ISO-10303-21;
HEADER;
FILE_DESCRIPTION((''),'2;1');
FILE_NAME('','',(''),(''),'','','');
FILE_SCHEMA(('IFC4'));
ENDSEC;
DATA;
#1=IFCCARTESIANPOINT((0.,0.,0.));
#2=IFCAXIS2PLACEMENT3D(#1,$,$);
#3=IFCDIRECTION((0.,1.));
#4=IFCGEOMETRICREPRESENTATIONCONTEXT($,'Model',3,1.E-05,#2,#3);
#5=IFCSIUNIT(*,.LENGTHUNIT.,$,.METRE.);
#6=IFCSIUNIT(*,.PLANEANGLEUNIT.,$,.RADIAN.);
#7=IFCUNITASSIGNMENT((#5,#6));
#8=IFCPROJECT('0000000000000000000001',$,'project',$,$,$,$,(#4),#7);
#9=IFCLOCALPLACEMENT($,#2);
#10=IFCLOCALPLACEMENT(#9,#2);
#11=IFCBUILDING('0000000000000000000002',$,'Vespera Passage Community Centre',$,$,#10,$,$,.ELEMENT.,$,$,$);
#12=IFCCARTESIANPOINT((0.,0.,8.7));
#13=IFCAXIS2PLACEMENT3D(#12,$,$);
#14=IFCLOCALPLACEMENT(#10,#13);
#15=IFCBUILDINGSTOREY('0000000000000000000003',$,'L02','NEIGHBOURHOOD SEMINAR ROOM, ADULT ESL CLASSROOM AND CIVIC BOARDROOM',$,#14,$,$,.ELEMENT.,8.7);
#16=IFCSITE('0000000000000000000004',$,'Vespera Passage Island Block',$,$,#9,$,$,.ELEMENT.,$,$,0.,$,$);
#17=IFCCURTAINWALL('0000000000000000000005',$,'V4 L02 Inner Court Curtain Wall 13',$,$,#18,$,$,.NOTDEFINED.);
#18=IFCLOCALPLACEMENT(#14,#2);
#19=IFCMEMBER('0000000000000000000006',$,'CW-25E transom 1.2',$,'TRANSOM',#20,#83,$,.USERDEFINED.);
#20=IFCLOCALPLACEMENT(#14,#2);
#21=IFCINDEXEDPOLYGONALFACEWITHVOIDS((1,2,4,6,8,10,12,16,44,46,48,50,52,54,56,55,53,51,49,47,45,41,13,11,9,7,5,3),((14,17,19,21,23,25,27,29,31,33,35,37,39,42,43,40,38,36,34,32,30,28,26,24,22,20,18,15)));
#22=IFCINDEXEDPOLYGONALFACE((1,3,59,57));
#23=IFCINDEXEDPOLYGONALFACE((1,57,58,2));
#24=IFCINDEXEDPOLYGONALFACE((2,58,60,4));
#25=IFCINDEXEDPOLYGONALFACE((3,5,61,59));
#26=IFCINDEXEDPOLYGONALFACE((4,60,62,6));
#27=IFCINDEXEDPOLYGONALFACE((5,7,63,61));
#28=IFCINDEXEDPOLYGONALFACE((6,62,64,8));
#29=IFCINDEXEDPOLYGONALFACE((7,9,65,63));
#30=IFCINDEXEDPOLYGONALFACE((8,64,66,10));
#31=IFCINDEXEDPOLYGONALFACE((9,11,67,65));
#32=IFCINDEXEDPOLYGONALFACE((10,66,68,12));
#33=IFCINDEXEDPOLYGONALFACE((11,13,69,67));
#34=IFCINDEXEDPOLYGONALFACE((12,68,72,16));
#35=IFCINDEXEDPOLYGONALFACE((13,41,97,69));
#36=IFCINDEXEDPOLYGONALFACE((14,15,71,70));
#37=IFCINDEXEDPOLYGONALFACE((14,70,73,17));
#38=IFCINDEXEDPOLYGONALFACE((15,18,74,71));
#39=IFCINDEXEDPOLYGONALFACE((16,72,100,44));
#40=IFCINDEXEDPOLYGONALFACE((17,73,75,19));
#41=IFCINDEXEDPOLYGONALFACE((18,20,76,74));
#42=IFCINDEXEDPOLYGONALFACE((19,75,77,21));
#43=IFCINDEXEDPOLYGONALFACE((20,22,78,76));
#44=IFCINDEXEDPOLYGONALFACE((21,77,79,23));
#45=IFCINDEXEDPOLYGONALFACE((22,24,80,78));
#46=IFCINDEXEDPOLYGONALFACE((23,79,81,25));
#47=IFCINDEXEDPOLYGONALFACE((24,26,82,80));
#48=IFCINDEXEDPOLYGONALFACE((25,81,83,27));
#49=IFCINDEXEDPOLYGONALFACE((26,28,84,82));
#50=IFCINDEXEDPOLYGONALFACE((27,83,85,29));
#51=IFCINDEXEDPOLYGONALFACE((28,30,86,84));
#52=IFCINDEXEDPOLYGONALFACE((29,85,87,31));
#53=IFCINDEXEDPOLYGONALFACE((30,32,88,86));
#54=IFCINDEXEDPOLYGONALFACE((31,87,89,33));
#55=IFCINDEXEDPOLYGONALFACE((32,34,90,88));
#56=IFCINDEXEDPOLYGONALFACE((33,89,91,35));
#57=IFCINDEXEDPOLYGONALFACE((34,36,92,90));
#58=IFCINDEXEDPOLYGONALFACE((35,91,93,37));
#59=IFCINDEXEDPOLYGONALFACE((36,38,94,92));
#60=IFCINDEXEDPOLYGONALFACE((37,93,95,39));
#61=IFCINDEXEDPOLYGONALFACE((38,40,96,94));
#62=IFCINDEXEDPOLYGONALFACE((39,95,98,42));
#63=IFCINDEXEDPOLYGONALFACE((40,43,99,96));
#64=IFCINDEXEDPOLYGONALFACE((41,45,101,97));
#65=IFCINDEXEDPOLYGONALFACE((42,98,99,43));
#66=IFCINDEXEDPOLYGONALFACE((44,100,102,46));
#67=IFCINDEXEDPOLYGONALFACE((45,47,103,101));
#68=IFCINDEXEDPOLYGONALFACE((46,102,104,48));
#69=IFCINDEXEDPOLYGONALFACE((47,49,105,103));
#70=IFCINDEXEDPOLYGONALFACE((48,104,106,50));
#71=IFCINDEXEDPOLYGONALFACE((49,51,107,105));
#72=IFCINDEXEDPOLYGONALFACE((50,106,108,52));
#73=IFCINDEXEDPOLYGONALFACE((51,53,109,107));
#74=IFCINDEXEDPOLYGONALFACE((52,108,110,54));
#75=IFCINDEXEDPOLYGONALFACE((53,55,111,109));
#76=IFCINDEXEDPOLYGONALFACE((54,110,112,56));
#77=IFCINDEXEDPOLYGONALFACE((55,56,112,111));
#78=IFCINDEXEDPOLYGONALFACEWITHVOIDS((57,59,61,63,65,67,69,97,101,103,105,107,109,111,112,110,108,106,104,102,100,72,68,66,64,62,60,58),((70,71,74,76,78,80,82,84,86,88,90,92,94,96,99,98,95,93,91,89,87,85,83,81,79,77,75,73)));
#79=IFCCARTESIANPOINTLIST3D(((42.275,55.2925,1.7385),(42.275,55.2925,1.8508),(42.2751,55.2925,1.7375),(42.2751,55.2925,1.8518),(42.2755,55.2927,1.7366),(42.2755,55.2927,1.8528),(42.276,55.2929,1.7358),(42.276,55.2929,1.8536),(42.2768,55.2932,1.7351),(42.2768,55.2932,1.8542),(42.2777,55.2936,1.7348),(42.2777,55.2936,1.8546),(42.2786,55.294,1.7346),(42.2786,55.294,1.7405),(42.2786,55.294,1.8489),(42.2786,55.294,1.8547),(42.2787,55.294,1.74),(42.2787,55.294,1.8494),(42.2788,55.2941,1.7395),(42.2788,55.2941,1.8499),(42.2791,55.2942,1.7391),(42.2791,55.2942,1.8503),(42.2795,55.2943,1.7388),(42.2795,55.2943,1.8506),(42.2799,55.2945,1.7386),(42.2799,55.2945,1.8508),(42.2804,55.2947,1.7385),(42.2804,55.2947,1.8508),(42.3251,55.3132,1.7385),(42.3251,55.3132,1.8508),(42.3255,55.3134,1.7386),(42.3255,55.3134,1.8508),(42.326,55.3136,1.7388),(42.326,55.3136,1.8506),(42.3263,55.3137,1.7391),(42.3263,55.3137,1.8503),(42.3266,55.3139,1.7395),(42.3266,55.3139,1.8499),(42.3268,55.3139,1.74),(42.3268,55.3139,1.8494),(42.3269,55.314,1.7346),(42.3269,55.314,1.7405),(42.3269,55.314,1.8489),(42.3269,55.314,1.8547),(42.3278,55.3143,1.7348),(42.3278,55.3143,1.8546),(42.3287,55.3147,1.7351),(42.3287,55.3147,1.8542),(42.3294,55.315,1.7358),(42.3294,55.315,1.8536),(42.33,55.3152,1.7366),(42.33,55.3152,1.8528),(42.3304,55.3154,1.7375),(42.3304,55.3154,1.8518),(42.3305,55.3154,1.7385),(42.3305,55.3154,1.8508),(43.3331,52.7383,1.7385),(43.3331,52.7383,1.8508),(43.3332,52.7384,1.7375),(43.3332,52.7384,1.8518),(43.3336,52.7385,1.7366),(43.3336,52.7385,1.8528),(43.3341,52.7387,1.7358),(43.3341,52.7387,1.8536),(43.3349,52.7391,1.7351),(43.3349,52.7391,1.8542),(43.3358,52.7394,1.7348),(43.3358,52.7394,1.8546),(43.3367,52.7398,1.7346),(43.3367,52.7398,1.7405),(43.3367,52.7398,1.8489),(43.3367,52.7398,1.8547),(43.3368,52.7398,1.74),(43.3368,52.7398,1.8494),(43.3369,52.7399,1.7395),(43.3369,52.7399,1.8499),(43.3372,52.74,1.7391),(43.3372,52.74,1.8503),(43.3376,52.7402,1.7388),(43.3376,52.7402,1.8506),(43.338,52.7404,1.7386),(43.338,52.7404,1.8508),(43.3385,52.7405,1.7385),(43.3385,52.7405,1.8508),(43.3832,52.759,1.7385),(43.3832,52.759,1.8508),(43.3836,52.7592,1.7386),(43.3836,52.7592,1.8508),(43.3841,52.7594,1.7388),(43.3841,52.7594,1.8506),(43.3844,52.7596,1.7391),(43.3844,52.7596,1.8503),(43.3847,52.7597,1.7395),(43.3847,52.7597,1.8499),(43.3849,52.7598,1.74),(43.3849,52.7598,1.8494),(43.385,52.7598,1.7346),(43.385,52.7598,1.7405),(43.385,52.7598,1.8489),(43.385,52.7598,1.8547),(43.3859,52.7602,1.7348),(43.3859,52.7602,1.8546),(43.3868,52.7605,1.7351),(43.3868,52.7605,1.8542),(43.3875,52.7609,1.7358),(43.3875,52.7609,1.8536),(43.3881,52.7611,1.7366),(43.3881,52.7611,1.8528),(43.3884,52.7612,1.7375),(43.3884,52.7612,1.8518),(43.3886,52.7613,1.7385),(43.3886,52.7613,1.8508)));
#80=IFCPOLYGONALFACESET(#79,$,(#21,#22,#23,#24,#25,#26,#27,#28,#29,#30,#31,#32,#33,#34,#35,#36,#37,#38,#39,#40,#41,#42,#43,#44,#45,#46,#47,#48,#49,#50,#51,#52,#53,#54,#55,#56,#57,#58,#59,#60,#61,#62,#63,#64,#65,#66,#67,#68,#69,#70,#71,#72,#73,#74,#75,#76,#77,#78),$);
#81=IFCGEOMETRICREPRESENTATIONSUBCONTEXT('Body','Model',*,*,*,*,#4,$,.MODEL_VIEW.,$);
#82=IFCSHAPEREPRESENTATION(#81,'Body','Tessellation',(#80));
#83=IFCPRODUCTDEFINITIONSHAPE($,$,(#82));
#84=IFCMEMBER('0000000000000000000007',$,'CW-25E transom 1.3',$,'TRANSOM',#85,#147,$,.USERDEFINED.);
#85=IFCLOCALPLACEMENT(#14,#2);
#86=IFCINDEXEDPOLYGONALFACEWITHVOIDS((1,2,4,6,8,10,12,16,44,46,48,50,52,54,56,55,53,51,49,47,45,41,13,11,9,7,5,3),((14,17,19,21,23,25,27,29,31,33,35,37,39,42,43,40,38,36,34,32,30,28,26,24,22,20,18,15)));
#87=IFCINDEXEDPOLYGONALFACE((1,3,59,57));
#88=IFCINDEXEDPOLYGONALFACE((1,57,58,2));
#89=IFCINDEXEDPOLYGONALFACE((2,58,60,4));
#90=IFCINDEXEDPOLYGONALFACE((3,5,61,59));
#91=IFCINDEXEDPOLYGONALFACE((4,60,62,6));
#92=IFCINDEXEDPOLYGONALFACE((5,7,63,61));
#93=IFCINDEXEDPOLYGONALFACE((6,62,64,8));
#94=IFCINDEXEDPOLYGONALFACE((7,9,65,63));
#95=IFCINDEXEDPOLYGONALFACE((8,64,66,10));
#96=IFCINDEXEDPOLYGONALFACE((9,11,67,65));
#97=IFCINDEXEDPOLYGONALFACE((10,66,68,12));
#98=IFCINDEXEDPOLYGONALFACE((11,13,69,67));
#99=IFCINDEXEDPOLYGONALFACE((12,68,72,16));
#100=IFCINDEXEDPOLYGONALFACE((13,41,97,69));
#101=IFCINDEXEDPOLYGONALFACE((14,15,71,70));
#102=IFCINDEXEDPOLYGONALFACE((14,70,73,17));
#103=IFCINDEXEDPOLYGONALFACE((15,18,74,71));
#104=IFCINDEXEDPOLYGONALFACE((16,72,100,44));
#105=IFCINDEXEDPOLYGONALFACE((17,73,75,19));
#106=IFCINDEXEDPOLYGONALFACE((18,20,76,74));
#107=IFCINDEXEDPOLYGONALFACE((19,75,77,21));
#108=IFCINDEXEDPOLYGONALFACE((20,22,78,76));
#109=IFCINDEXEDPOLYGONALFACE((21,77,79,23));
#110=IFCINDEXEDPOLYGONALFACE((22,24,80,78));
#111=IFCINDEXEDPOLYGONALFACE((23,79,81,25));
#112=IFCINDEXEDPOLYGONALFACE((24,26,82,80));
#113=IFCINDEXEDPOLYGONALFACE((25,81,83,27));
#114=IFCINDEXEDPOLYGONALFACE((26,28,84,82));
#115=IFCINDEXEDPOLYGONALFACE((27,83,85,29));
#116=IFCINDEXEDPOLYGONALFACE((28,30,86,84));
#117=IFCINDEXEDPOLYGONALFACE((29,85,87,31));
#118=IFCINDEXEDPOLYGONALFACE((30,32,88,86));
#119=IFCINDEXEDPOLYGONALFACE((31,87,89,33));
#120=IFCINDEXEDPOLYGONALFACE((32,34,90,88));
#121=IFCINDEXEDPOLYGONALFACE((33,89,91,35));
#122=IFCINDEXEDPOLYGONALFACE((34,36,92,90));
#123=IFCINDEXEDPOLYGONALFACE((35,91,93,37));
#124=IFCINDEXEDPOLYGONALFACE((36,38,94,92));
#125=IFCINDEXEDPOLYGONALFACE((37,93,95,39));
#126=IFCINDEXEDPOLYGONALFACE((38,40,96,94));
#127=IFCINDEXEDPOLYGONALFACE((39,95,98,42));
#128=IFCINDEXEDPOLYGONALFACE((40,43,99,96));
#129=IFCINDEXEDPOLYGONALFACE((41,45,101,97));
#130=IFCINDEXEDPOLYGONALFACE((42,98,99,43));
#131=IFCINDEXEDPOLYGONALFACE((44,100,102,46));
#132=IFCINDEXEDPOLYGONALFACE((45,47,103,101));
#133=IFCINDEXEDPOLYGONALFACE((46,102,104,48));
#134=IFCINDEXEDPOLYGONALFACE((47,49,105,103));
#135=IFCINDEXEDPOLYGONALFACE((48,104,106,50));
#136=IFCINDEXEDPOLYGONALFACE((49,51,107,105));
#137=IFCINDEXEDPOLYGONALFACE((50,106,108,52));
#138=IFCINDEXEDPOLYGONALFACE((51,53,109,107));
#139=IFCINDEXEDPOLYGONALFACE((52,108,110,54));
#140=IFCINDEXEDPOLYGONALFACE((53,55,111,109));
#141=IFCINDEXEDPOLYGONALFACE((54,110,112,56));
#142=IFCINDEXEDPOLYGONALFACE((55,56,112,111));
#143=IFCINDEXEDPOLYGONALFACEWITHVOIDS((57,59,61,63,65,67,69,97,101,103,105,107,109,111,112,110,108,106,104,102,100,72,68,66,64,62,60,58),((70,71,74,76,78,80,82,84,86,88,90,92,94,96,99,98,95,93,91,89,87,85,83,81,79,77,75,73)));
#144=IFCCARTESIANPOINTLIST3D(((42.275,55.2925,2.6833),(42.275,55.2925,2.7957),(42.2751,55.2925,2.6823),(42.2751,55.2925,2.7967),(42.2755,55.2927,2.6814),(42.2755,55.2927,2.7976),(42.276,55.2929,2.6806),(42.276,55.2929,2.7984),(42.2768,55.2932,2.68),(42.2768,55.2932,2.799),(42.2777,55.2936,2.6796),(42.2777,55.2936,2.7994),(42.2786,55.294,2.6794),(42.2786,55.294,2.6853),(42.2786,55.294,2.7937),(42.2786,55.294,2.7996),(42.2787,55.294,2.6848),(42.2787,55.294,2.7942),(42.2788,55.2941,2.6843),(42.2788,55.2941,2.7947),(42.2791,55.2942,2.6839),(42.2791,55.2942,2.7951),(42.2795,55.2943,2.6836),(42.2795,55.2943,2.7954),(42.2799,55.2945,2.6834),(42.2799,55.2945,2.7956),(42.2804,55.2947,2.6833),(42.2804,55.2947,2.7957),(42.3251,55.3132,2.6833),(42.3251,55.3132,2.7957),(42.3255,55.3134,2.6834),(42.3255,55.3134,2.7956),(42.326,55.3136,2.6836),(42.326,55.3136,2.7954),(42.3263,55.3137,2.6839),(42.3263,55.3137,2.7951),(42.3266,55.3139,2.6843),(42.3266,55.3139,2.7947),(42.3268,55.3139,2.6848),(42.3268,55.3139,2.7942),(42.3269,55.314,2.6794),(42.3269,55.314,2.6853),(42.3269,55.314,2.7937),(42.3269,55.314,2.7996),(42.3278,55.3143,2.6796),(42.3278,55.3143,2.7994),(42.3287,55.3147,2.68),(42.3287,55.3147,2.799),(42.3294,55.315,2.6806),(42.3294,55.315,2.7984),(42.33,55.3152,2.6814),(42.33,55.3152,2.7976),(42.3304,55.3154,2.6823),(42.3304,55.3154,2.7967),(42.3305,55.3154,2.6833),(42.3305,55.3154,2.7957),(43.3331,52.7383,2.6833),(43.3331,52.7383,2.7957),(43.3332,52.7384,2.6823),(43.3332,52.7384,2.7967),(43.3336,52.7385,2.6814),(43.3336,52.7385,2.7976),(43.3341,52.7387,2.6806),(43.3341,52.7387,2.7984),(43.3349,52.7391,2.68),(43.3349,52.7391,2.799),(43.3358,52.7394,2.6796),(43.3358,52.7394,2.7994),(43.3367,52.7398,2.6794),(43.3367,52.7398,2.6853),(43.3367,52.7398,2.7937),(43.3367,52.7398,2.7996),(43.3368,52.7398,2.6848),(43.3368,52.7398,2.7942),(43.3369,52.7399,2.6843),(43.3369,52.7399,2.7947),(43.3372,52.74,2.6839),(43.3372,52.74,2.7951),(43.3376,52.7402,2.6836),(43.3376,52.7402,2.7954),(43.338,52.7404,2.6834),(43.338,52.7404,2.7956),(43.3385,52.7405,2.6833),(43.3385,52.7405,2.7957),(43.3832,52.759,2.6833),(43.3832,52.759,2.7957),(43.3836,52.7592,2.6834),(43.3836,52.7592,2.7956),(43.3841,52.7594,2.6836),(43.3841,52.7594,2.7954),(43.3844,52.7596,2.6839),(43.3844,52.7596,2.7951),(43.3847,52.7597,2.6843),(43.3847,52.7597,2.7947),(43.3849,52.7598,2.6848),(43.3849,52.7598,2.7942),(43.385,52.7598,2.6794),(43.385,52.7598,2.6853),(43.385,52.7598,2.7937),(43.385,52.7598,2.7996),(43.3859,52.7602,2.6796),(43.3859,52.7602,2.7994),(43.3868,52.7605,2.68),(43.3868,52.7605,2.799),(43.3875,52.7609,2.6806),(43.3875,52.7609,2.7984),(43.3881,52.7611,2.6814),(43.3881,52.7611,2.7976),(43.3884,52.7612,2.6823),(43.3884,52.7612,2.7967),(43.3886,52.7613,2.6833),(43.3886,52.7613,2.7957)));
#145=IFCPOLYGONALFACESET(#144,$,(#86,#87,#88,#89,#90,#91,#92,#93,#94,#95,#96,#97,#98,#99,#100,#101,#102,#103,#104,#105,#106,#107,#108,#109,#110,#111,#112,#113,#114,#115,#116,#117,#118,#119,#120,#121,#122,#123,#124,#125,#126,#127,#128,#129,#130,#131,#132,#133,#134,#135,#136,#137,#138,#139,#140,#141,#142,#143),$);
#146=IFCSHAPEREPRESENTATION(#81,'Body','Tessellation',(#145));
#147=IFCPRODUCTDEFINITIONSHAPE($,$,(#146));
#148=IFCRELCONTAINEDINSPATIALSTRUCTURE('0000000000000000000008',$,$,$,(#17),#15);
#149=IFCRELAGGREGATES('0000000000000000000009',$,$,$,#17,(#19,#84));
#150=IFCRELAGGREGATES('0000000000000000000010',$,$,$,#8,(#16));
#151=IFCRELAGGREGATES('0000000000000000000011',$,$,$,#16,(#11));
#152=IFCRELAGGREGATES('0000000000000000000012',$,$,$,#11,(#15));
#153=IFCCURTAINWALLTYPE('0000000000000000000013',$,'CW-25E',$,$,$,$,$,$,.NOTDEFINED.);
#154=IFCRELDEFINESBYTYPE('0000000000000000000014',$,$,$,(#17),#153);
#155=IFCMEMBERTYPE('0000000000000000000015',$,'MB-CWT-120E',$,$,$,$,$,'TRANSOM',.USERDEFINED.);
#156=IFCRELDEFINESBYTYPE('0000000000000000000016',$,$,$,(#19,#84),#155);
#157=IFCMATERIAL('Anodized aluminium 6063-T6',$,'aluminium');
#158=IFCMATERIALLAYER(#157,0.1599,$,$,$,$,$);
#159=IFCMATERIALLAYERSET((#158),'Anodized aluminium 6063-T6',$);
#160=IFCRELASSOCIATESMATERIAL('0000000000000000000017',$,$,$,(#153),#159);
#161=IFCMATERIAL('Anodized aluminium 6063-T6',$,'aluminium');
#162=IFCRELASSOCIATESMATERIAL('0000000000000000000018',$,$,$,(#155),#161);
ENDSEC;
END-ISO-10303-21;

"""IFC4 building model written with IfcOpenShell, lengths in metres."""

from ifc_helpers import new_model, si_unit, direction, frame, origin, origin_2d, place, context, subcontext, project, spatial, hollow_rectangle, extrude, material, layer, layer_set, material_profile, profile_set, type_object, element, aggregate, save


model = new_model("IFC4")

# Units and contexts
model_context = context("Model", 3, precision=1e-05, world=origin(), true_north=direction((0.0, 1.0)))
body_context = subcontext(model_context, "Body", "Model", "MODEL_VIEW")
ifc_project = project(units=[si_unit("LENGTHUNIT", "METRE"), si_unit("PLANEANGLEUNIT", "RADIAN")], contexts=[model_context])

# Site, building, storey
site_placement = place(None, origin())
site = spatial("IfcSite", under=ifc_project, at=site_placement, Name="Vespera Passage Island Block", CompositionType="ELEMENT", RefElevation=0.0)
building_placement = place(site_placement, origin())
building = spatial("IfcBuilding", under=site, at=building_placement, Name="Vespera Passage Community Centre", CompositionType="ELEMENT")
storey_placement = place(building_placement, frame((0.0, 0.0, 8.7)))
storey = spatial("IfcBuildingStorey", under=building, at=storey_placement, Name="L02", Description="NEIGHBOURHOOD SEMINAR ROOM, ADULT ESL CLASSROOM AND CIVIC BOARDROOM", CompositionType="ELEMENT", Elevation=8.7)

# Curtain wall
ifc_material_1 = material(Name="Anodized aluminium 6063-T6", Category="aluminium")
ifc_layer_1 = layer(ifc_material_1, 0.1599)
ifc_layer_set_1 = layer_set([ifc_layer_1], Name="Anodized aluminium 6063-T6")
curtain_wall_type_1 = type_object("IfcCurtainWallType", Name="CW-25E", PredefinedType="NOTDEFINED", material=ifc_layer_set_1)
curtain_wall_1_placement = place(storey_placement, origin())
curtain_wall_1 = element("IfcCurtainWall", 1, at=curtain_wall_1_placement, inside=storey, type_object=curtain_wall_type_1, Name="V4 L02 Inner Court Curtain Wall 13", PredefinedType="NOTDEFINED")

# Members
ifc_material_2 = material(Name="Anodized aluminium 6063-T6", Category="aluminium")
ifc_material_profile_1 = material_profile(ifc_material_2, hollow_rectangle(XDim=0.0601, YDim=0.1201, WallThickness=0.0039, InnerFilletRadius=0.002, OuterFilletRadius=0.0039, at=origin_2d()), Name="ALU120X60X4")
ifc_profile_set_1 = profile_set([ifc_material_profile_1], Name="Anodized aluminium 6063-T6")
member_type_1 = type_object("IfcMemberType", Name="MB-CWT-120E", ElementType="TRANSOM", PredefinedType="USERDEFINED", material=ifc_profile_set_1)
member_1_placement = place(storey_placement, frame((42.3027, 55.304, 1.7947), z_axis=(0.382721, -0.923864, 0.0), x_axis=(0.923864, 0.382721, 0.0)))
member_1 = element("IfcMember", 2, at=member_1_placement, type_object=member_type_1, Name="CW-25E transom 1.2", ObjectType="TRANSOM", PredefinedType="USERDEFINED", context=body_context, shape_type="SweptSolid", body=[
    extrude(hollow_rectangle(XDim=0.0601, YDim=0.1201, WallThickness=0.0039, InnerFilletRadius=0.002, OuterFilletRadius=0.0039, at=origin_2d()), origin(), (0.0, 0.0, 1.0), 2.7646),
])
member_2_placement = place(storey_placement, frame((42.3027, 55.304, 2.7395), z_axis=(0.382721, -0.923864, 0.0), x_axis=(0.923864, 0.382721, 0.0)))
member_2 = element("IfcMember", 3, at=member_2_placement, type_object=member_type_1, Name="CW-25E transom 1.3", ObjectType="TRANSOM", PredefinedType="USERDEFINED", context=body_context, shape_type="SweptSolid", body=[
    extrude(hollow_rectangle(XDim=0.0601, YDim=0.1201, WallThickness=0.0039, InnerFilletRadius=0.002, OuterFilletRadius=0.0039, at=origin_2d()), origin(), (0.0, 0.0, 1.0), 2.7646),
])

aggregate(curtain_wall_1, [member_1, member_2])

save(model, "model.ifc")
